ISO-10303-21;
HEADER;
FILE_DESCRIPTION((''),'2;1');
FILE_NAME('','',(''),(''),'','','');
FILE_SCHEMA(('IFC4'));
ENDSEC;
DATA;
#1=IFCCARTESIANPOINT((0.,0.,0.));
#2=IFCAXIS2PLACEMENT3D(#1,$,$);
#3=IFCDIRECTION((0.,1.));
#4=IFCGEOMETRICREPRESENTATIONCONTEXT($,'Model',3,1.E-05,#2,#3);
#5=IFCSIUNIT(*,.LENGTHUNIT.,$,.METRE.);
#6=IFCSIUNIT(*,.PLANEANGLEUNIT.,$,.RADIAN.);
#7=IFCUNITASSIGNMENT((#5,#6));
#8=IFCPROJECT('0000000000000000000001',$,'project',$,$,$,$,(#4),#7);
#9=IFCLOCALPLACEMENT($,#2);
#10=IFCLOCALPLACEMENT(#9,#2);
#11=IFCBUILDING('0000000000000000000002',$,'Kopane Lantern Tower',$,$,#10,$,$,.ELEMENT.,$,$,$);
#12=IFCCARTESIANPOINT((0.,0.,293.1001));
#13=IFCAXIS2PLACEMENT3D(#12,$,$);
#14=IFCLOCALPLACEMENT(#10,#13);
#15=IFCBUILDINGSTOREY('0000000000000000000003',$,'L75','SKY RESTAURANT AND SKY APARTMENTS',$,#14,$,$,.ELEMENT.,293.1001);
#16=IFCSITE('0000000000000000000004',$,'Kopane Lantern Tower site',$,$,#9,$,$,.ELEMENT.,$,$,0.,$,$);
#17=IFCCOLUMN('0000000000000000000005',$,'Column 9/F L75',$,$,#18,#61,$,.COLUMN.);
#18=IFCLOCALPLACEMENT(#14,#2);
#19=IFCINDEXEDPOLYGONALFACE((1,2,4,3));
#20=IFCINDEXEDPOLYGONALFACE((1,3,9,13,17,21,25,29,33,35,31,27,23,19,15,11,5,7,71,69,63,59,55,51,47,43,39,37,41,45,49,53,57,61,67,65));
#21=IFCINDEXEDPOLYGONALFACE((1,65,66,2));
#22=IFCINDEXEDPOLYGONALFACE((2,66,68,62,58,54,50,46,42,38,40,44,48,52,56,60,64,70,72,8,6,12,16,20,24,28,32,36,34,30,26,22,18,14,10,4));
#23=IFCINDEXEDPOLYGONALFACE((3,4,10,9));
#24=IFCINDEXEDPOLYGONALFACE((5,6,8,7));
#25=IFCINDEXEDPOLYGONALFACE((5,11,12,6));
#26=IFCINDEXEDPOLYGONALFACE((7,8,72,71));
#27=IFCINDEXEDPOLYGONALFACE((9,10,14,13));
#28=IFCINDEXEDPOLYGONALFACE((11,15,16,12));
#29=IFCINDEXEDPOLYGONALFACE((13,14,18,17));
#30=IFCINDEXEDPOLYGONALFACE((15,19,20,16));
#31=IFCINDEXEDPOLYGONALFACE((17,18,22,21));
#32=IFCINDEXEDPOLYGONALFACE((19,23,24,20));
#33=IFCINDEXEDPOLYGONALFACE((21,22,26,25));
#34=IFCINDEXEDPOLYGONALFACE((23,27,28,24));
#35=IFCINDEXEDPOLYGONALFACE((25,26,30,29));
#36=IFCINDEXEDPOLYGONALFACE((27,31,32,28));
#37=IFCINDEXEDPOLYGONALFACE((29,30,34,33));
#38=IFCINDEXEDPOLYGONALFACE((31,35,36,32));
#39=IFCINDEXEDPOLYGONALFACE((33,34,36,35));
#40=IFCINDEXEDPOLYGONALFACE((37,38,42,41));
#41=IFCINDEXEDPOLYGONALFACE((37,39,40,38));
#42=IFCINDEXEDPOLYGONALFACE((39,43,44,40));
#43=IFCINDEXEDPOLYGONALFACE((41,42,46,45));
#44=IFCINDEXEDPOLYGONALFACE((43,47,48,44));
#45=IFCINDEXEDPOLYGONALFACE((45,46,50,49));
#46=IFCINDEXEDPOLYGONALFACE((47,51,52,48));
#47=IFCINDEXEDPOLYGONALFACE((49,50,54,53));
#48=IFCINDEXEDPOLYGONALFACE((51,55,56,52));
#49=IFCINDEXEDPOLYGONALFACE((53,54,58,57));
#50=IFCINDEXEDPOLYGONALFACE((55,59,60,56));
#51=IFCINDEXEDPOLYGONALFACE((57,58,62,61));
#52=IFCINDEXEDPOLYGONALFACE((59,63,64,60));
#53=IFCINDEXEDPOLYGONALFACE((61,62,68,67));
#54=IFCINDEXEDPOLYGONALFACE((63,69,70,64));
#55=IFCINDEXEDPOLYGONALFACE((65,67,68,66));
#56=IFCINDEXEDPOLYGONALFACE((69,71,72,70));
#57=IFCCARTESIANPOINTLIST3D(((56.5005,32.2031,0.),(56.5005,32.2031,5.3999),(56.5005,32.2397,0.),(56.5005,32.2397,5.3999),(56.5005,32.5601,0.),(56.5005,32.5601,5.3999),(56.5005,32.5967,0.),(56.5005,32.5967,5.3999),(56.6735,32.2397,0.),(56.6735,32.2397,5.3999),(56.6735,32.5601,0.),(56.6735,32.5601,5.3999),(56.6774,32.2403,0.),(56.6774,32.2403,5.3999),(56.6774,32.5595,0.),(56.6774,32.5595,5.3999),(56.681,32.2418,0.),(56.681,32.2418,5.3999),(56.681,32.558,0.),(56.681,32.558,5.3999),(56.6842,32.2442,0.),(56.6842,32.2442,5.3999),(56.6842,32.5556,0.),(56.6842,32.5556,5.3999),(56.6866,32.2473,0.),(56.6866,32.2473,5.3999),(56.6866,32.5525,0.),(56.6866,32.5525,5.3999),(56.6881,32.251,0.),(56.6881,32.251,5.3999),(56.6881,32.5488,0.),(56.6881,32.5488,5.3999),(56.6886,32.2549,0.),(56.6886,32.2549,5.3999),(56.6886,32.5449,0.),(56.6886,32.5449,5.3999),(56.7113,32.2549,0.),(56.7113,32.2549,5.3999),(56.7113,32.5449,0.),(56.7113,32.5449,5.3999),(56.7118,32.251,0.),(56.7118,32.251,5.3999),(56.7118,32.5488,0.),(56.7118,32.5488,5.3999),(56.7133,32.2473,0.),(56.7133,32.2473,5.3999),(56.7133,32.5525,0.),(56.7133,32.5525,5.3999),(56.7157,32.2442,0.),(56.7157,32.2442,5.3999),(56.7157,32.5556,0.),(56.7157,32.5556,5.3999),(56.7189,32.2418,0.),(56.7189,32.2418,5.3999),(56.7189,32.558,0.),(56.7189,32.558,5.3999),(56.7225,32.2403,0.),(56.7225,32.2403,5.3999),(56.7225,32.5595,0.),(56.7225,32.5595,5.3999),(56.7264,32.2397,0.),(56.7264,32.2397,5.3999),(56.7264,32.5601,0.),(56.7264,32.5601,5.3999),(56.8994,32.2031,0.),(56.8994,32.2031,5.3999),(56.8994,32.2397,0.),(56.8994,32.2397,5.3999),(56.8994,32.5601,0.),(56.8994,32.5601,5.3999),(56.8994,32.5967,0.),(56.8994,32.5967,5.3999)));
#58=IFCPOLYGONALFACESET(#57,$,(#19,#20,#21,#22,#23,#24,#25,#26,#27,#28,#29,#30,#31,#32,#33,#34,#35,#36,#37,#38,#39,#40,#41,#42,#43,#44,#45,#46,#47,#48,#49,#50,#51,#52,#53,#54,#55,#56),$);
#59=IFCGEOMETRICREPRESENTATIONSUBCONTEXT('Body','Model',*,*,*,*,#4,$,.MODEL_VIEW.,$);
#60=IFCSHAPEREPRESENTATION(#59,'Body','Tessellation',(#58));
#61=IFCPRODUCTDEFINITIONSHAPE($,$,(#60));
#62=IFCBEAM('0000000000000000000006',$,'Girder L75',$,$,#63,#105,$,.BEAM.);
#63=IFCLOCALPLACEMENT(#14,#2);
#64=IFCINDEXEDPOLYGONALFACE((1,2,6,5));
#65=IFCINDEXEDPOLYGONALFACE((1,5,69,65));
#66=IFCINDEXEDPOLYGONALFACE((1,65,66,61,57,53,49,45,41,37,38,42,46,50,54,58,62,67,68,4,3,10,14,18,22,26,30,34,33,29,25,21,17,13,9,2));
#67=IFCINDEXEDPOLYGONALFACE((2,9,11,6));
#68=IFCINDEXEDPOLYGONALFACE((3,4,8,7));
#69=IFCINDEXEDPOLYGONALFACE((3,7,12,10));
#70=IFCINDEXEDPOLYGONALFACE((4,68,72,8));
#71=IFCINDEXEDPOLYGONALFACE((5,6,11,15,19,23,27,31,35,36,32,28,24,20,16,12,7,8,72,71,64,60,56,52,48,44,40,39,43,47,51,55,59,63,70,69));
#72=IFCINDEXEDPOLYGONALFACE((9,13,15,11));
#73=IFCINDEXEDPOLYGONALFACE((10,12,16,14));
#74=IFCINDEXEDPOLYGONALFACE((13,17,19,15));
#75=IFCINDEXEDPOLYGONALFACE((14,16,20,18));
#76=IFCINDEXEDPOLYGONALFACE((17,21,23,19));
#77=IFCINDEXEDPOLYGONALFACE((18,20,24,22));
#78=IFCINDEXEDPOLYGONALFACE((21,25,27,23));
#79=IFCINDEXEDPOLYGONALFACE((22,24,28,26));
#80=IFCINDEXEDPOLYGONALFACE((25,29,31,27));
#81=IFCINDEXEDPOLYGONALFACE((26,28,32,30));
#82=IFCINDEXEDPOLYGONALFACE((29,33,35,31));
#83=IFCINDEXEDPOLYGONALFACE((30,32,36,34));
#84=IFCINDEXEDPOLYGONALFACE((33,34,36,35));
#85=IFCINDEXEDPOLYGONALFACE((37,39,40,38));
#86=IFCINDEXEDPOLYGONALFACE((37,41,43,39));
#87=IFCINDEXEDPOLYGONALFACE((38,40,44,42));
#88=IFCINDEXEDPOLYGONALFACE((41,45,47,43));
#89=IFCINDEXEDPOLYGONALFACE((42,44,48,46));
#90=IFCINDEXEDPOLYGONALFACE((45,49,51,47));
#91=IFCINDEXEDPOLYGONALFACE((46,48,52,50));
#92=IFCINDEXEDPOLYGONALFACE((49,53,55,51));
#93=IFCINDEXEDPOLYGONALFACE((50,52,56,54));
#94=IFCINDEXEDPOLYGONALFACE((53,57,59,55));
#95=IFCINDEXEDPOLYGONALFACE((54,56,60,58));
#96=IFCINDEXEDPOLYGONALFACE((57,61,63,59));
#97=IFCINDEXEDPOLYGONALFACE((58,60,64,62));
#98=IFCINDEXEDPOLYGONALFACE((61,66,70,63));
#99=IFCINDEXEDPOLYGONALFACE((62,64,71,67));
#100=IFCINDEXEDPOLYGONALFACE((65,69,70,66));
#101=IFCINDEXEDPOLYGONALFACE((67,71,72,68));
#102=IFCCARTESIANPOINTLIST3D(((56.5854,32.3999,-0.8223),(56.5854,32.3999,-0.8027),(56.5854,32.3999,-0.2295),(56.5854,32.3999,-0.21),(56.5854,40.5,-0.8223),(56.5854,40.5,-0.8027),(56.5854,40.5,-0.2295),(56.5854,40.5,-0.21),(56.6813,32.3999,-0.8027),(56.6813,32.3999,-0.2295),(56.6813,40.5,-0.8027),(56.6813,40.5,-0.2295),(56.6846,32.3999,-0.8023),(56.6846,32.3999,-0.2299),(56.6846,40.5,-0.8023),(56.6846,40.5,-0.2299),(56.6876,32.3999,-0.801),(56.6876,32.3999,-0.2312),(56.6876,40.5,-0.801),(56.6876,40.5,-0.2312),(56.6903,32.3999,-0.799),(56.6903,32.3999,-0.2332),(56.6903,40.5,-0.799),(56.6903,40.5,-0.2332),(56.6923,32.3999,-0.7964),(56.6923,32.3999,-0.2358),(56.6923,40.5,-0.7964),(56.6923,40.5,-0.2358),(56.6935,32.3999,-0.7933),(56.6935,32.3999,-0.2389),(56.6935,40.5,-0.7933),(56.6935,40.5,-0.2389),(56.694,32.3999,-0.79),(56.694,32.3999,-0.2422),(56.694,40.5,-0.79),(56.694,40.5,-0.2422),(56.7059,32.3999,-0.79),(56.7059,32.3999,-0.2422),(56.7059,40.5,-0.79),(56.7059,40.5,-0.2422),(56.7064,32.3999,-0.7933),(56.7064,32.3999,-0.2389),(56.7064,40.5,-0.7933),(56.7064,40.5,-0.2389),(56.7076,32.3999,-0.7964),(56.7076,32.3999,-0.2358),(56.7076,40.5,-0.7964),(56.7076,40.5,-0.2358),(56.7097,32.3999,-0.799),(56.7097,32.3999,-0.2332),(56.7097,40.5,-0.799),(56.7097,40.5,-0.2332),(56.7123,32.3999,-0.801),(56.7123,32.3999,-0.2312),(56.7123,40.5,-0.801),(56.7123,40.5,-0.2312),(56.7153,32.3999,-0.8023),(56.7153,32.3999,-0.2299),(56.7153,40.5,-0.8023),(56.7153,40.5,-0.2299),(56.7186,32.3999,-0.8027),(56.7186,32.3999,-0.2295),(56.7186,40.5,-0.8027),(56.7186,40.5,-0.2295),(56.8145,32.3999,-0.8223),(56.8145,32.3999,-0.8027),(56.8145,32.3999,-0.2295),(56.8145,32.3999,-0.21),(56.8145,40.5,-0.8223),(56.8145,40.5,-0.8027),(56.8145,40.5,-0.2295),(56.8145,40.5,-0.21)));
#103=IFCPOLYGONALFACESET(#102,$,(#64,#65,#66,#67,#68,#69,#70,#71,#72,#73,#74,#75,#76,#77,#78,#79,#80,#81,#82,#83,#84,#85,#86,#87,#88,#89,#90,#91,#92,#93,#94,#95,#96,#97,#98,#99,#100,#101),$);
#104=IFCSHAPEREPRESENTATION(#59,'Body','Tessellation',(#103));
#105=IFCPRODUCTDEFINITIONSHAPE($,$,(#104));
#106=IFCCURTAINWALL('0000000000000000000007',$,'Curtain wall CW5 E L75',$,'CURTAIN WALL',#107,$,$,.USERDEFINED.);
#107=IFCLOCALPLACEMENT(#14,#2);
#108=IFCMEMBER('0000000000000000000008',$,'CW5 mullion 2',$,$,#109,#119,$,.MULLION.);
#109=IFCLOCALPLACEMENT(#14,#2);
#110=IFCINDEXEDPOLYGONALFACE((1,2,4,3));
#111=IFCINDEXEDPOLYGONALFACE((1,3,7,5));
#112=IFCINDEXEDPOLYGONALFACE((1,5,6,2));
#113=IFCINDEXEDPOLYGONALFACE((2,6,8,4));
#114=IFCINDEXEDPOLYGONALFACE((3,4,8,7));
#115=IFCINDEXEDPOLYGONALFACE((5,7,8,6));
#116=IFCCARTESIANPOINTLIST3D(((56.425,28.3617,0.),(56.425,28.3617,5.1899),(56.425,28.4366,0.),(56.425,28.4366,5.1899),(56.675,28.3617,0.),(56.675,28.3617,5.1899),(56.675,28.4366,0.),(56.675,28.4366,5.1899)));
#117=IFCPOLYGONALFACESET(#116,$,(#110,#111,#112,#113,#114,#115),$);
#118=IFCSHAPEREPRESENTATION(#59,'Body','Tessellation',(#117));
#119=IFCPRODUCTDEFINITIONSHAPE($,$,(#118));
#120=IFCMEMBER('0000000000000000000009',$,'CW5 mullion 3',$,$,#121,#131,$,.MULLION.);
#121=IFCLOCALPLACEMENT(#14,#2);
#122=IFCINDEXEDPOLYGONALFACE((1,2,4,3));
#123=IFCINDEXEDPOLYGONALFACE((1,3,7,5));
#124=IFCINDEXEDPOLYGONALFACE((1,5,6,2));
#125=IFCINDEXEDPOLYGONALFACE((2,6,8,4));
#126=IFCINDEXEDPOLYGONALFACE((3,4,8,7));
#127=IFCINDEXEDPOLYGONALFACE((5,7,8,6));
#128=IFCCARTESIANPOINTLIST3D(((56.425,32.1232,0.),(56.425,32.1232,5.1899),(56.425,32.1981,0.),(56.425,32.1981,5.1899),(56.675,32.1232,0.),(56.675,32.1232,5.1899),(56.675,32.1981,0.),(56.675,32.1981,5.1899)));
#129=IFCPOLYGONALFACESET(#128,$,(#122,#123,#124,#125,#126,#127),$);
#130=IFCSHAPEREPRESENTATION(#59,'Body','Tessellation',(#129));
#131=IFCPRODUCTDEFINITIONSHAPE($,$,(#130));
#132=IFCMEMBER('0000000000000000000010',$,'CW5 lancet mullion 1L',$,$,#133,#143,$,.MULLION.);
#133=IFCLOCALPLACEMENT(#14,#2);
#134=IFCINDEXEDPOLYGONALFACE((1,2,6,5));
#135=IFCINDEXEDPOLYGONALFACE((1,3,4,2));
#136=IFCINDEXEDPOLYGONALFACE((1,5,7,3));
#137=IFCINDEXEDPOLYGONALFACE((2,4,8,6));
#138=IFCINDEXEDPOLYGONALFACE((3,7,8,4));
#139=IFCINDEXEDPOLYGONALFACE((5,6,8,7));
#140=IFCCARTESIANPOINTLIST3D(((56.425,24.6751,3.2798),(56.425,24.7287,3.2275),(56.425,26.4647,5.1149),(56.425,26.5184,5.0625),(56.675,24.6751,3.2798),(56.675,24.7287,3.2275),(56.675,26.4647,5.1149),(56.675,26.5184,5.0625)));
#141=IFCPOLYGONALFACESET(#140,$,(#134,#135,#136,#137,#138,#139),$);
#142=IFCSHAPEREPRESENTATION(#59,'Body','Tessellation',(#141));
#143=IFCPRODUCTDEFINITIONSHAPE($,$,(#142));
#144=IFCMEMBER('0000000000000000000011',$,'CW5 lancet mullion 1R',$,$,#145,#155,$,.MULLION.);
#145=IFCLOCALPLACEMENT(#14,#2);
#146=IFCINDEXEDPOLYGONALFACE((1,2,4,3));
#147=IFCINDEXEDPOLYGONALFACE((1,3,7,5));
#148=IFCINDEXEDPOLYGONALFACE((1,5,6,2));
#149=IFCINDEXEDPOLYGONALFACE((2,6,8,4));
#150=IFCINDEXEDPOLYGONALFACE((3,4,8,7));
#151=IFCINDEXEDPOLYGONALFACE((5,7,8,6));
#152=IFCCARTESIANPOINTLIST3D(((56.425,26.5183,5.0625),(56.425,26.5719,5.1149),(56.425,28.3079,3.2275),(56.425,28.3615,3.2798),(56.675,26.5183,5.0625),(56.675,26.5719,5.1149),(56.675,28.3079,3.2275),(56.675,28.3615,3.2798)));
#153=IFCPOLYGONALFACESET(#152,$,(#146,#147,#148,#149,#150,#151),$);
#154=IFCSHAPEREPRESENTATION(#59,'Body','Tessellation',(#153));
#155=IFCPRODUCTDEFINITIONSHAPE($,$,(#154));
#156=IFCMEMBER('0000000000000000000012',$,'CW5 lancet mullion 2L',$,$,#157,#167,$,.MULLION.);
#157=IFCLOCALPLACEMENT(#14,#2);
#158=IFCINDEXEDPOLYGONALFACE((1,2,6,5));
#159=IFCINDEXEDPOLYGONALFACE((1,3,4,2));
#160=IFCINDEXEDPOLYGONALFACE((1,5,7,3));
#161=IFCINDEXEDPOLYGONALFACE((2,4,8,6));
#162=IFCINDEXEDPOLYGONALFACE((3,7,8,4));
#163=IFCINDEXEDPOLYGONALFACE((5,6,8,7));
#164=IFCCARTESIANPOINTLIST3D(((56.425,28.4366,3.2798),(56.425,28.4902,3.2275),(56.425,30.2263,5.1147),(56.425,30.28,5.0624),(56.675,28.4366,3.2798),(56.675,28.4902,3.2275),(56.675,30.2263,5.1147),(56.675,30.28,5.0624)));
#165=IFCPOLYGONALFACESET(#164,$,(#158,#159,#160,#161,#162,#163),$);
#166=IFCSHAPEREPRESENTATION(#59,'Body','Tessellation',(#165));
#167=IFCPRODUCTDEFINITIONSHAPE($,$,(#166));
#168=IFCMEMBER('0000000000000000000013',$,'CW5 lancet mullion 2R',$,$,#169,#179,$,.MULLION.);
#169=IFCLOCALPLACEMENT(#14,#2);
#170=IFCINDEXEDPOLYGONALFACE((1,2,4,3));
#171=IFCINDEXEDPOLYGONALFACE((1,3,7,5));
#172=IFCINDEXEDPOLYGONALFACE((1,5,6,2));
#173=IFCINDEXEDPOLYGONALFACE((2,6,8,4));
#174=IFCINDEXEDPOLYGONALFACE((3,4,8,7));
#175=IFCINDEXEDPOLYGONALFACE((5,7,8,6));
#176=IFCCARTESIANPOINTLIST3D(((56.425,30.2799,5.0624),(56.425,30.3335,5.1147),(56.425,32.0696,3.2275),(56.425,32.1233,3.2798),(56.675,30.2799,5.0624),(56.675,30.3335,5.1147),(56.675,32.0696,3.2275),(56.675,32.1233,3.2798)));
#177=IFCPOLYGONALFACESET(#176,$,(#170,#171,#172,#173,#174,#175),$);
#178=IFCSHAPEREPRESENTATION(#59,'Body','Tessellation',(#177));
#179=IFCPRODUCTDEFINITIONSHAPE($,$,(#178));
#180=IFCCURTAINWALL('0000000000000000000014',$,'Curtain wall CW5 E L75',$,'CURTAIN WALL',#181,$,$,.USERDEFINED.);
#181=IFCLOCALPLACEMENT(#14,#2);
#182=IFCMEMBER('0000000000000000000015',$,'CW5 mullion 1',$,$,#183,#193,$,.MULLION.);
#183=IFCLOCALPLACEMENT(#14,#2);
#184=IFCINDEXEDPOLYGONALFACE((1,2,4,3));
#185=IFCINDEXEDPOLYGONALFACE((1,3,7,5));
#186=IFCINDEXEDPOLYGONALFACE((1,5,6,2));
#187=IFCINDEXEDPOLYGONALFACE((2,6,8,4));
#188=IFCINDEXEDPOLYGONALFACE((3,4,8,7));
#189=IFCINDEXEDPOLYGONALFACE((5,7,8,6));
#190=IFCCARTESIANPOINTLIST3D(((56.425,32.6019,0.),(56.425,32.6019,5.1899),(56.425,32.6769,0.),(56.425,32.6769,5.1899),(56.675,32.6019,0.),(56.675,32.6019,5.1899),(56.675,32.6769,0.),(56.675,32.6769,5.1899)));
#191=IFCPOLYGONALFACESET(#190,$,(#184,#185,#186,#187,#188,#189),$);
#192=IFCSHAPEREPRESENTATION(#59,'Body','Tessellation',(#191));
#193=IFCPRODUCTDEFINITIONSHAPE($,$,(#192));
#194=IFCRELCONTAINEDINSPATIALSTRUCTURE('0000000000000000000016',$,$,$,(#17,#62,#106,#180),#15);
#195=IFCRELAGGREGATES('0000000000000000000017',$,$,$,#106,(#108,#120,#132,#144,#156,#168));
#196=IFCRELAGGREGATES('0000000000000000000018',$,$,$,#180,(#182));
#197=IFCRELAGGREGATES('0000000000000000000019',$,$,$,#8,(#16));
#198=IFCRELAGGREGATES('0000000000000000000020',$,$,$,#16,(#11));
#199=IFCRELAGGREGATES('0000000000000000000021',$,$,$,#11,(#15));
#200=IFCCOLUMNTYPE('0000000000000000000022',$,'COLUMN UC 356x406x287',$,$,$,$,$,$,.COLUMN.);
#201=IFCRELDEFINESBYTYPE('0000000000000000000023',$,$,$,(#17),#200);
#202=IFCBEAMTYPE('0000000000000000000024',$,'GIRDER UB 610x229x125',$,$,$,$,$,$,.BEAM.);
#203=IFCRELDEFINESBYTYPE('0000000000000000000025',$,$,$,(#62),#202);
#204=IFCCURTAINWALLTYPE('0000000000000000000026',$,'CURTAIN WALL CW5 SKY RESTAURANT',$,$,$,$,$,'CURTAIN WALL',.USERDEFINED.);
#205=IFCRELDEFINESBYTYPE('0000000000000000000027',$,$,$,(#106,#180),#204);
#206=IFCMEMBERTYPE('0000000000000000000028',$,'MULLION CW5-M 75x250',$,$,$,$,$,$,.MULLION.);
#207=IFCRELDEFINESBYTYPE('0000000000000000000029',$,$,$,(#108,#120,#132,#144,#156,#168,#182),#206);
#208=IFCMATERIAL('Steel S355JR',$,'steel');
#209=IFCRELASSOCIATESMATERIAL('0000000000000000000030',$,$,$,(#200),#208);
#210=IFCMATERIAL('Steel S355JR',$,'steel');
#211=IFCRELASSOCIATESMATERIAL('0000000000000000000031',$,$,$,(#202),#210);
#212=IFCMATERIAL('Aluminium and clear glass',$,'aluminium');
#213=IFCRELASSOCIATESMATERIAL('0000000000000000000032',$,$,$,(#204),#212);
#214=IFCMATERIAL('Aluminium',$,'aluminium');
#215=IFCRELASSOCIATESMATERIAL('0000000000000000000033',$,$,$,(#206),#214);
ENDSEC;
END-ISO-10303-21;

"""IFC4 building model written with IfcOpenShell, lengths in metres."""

from ifc_helpers import new_model, si_unit, direction, frame, origin, origin_2d, place, context, subcontext, project, spatial, rectangle, i_section, extrude, material, material_profile, profile_set, type_object, element, aggregate, save


model = new_model("IFC4")

# Units and contexts
model_context = context("Model", 3, precision=1e-05, world=origin(), true_north=direction((0.0, 1.0)))
body_context = subcontext(model_context, "Body", "Model", "MODEL_VIEW")
ifc_project = project(units=[si_unit("LENGTHUNIT", "METRE"), si_unit("PLANEANGLEUNIT", "RADIAN")], contexts=[model_context])

# Site, building, storey
site_placement = place(None, origin())
site = spatial("IfcSite", under=ifc_project, at=site_placement, Name="Kopane Lantern Tower site", CompositionType="ELEMENT", RefElevation=0.0)
building_placement = place(site_placement, origin())
building = spatial("IfcBuilding", under=site, at=building_placement, Name="Kopane Lantern Tower", CompositionType="ELEMENT")
storey_placement = place(building_placement, frame((0.0, 0.0, 293.1001)))
storey = spatial("IfcBuildingStorey", under=building, at=storey_placement, Name="L75", Description="SKY RESTAURANT AND SKY APARTMENTS", CompositionType="ELEMENT", Elevation=293.1001)

# Column
ifc_material_1 = material(Name="Steel S355JR", Category="steel")
ifc_material_profile_1 = material_profile(ifc_material_1, i_section(OverallWidth=0.3989, OverallDepth=0.3936, WebThickness=0.0227, FlangeThickness=0.0366, FilletRadius=0.0151, at=origin_2d()), Name="UC 356x406x287")
ifc_profile_set_1 = profile_set([ifc_material_profile_1], Name="Steel S355JR")
column_type = type_object("IfcColumnType", Name="COLUMN UC 356x406x287", PredefinedType="COLUMN", material=ifc_profile_set_1)
column_placement = place(storey_placement, frame((56.7, 32.3999, 0.0), z_axis=(0.0, 0.0, 1.0), x_axis=(1.0, 0.0, 0.0)))
element("IfcColumn", 1, at=column_placement, inside=storey, type_object=column_type, Name="Column 9/F L75", PredefinedType="COLUMN", context=body_context, shape_type="SweptSolid", body=[
    extrude(i_section(OverallWidth=0.3989, OverallDepth=0.3936, WebThickness=0.0227, FlangeThickness=0.0366, FilletRadius=0.0151, at=origin_2d()), origin(), (0.0, 0.0, 1.0), 5.3999),
])

# Beam
ifc_material_2 = material(Name="Steel S355JR", Category="steel")
ifc_material_profile_2 = material_profile(ifc_material_2, i_section(OverallWidth=0.229, OverallDepth=0.6123, WebThickness=0.012, FlangeThickness=0.0195, FilletRadius=0.0127, at=origin_2d()), Name="UB 610x229x125")
ifc_profile_set_2 = profile_set([ifc_material_profile_2], Name="Steel S355JR")
beam_type = type_object("IfcBeamType", Name="GIRDER UB 610x229x125", PredefinedType="BEAM", material=ifc_profile_set_2)
beam_placement = place(storey_placement, frame((56.7, 32.3999, -0.5161), z_axis=(0.0, 1.0, 0.0), x_axis=(-1.0, 0.0, 0.0)))
element("IfcBeam", 2, at=beam_placement, inside=storey, type_object=beam_type, Name="Girder L75", PredefinedType="BEAM", context=body_context, shape_type="SweptSolid", body=[
    extrude(i_section(OverallWidth=0.229, OverallDepth=0.6123, WebThickness=0.012, FlangeThickness=0.0195, FilletRadius=0.0127, at=origin_2d()), origin(), (0.0, 0.0, 1.0), 8.1001),
])

# Curtain walls, members
ifc_material_3 = material(Name="Aluminium and clear glass", Category="aluminium")
curtain_wall_type = type_object("IfcCurtainWallType", Name="CURTAIN WALL CW5 SKY RESTAURANT", ElementType="CURTAIN WALL", PredefinedType="USERDEFINED", material=ifc_material_3)
curtain_wall_1_placement = place(storey_placement, origin())
curtain_wall_1 = element("IfcCurtainWall", 3, at=curtain_wall_1_placement, inside=storey, type_object=curtain_wall_type, Name="Curtain wall CW5 E L75", ObjectType="CURTAIN WALL", PredefinedType="USERDEFINED")
ifc_material_4 = material(Name="Aluminium", Category="aluminium")
ifc_material_profile_3 = material_profile(ifc_material_4, rectangle(XDim=0.075, YDim=0.25, at=origin_2d()), Name="AL 75x250")
ifc_profile_set_3 = profile_set([ifc_material_profile_3], Name="Aluminium")
member_type_1 = type_object("IfcMemberType", Name="MULLION CW5-M 75x250", PredefinedType="MULLION", material=ifc_profile_set_3)
member_1_placement = place(storey_placement, frame((56.55, 28.3992, 0.0), z_axis=(0.0, 0.0, 1.0), x_axis=(0.0, 1.0, 0.0)))
member_1 = element("IfcMember", 4, at=member_1_placement, type_object=member_type_1, Name="CW5 mullion 2", PredefinedType="MULLION", context=body_context, shape_type="SweptSolid", body=[
    extrude(rectangle(XDim=0.075, YDim=0.25, at=origin_2d()), origin(), (0.0, 0.0, 1.0), 5.1899),
])
member_2_placement = place(storey_placement, frame((56.55, 32.1606, 0.0), z_axis=(0.0, 0.0, 1.0), x_axis=(0.0, 1.0, 0.0)))
member_2 = element("IfcMember", 5, at=member_2_placement, type_object=member_type_1, Name="CW5 mullion 3", PredefinedType="MULLION", context=body_context, shape_type="SweptSolid", body=[
    extrude(rectangle(XDim=0.075, YDim=0.25, at=origin_2d()), origin(), (0.0, 0.0, 1.0), 5.1899),
])
member_3_placement = place(storey_placement, frame((56.55, 24.7019, 3.2537), z_axis=(0.0, 0.698193, 0.71591), x_axis=(0.0, -0.71591, 0.698193)))
member_3 = element("IfcMember", 6, at=member_3_placement, type_object=member_type_1, Name="CW5 lancet mullion 1L", PredefinedType="MULLION", context=body_context, shape_type="SweptSolid", body=[
    extrude(rectangle(XDim=0.075, YDim=0.25, at=origin_2d()), origin(), (0.0, 0.0, 1.0), 2.5632),
])
member_4_placement = place(storey_placement, frame((56.55, 28.3347, 3.2537), z_axis=(0.0, -0.698193, 0.71591), x_axis=(0.0, 0.71591, 0.698193)))
member_4 = element("IfcMember", 7, at=member_4_placement, type_object=member_type_1, Name="CW5 lancet mullion 1R", PredefinedType="MULLION", context=body_context, shape_type="SweptSolid", body=[
    extrude(rectangle(XDim=0.075, YDim=0.25, at=origin_2d()), origin(), (0.0, 0.0, 1.0), 2.5632),
])
member_5_placement = place(storey_placement, frame((56.55, 28.4634, 3.2537), z_axis=(0.0, 0.698242, 0.715862), x_axis=(0.0, -0.715862, 0.698242)))
member_5 = element("IfcMember", 8, at=member_5_placement, type_object=member_type_1, Name="CW5 lancet mullion 2L", PredefinedType="MULLION", context=body_context, shape_type="SweptSolid", body=[
    extrude(rectangle(XDim=0.075, YDim=0.25, at=origin_2d()), origin(), (0.0, 0.0, 1.0), 2.5632),
])
member_6_placement = place(storey_placement, frame((56.55, 32.0964, 3.2537), z_axis=(0.0, -0.698242, 0.715862), x_axis=(0.0, 0.715862, 0.698242)))
member_6 = element("IfcMember", 9, at=member_6_placement, type_object=member_type_1, Name="CW5 lancet mullion 2R", PredefinedType="MULLION", context=body_context, shape_type="SweptSolid", body=[
    extrude(rectangle(XDim=0.075, YDim=0.25, at=origin_2d()), origin(), (0.0, 0.0, 1.0), 2.5632),
])
curtain_wall_2_placement = place(storey_placement, origin())
curtain_wall_2 = element("IfcCurtainWall", 10, at=curtain_wall_2_placement, inside=storey, type_object=curtain_wall_type, Name="Curtain wall CW5 E L75", ObjectType="CURTAIN WALL", PredefinedType="USERDEFINED")
member_7_placement = place(storey_placement, frame((56.55, 32.6394, 0.0), z_axis=(0.0, 0.0, 1.0), x_axis=(0.0, 1.0, 0.0)))
member_7 = element("IfcMember", 11, at=member_7_placement, type_object=member_type_1, Name="CW5 mullion 1", PredefinedType="MULLION", context=body_context, shape_type="SweptSolid", body=[
    extrude(rectangle(XDim=0.075, YDim=0.25, at=origin_2d()), origin(), (0.0, 0.0, 1.0), 5.1899),
])

aggregate(curtain_wall_1, [member_1, member_2, member_3, member_4, member_5, member_6])
aggregate(curtain_wall_2, [member_7])

save(model, "model.ifc")
